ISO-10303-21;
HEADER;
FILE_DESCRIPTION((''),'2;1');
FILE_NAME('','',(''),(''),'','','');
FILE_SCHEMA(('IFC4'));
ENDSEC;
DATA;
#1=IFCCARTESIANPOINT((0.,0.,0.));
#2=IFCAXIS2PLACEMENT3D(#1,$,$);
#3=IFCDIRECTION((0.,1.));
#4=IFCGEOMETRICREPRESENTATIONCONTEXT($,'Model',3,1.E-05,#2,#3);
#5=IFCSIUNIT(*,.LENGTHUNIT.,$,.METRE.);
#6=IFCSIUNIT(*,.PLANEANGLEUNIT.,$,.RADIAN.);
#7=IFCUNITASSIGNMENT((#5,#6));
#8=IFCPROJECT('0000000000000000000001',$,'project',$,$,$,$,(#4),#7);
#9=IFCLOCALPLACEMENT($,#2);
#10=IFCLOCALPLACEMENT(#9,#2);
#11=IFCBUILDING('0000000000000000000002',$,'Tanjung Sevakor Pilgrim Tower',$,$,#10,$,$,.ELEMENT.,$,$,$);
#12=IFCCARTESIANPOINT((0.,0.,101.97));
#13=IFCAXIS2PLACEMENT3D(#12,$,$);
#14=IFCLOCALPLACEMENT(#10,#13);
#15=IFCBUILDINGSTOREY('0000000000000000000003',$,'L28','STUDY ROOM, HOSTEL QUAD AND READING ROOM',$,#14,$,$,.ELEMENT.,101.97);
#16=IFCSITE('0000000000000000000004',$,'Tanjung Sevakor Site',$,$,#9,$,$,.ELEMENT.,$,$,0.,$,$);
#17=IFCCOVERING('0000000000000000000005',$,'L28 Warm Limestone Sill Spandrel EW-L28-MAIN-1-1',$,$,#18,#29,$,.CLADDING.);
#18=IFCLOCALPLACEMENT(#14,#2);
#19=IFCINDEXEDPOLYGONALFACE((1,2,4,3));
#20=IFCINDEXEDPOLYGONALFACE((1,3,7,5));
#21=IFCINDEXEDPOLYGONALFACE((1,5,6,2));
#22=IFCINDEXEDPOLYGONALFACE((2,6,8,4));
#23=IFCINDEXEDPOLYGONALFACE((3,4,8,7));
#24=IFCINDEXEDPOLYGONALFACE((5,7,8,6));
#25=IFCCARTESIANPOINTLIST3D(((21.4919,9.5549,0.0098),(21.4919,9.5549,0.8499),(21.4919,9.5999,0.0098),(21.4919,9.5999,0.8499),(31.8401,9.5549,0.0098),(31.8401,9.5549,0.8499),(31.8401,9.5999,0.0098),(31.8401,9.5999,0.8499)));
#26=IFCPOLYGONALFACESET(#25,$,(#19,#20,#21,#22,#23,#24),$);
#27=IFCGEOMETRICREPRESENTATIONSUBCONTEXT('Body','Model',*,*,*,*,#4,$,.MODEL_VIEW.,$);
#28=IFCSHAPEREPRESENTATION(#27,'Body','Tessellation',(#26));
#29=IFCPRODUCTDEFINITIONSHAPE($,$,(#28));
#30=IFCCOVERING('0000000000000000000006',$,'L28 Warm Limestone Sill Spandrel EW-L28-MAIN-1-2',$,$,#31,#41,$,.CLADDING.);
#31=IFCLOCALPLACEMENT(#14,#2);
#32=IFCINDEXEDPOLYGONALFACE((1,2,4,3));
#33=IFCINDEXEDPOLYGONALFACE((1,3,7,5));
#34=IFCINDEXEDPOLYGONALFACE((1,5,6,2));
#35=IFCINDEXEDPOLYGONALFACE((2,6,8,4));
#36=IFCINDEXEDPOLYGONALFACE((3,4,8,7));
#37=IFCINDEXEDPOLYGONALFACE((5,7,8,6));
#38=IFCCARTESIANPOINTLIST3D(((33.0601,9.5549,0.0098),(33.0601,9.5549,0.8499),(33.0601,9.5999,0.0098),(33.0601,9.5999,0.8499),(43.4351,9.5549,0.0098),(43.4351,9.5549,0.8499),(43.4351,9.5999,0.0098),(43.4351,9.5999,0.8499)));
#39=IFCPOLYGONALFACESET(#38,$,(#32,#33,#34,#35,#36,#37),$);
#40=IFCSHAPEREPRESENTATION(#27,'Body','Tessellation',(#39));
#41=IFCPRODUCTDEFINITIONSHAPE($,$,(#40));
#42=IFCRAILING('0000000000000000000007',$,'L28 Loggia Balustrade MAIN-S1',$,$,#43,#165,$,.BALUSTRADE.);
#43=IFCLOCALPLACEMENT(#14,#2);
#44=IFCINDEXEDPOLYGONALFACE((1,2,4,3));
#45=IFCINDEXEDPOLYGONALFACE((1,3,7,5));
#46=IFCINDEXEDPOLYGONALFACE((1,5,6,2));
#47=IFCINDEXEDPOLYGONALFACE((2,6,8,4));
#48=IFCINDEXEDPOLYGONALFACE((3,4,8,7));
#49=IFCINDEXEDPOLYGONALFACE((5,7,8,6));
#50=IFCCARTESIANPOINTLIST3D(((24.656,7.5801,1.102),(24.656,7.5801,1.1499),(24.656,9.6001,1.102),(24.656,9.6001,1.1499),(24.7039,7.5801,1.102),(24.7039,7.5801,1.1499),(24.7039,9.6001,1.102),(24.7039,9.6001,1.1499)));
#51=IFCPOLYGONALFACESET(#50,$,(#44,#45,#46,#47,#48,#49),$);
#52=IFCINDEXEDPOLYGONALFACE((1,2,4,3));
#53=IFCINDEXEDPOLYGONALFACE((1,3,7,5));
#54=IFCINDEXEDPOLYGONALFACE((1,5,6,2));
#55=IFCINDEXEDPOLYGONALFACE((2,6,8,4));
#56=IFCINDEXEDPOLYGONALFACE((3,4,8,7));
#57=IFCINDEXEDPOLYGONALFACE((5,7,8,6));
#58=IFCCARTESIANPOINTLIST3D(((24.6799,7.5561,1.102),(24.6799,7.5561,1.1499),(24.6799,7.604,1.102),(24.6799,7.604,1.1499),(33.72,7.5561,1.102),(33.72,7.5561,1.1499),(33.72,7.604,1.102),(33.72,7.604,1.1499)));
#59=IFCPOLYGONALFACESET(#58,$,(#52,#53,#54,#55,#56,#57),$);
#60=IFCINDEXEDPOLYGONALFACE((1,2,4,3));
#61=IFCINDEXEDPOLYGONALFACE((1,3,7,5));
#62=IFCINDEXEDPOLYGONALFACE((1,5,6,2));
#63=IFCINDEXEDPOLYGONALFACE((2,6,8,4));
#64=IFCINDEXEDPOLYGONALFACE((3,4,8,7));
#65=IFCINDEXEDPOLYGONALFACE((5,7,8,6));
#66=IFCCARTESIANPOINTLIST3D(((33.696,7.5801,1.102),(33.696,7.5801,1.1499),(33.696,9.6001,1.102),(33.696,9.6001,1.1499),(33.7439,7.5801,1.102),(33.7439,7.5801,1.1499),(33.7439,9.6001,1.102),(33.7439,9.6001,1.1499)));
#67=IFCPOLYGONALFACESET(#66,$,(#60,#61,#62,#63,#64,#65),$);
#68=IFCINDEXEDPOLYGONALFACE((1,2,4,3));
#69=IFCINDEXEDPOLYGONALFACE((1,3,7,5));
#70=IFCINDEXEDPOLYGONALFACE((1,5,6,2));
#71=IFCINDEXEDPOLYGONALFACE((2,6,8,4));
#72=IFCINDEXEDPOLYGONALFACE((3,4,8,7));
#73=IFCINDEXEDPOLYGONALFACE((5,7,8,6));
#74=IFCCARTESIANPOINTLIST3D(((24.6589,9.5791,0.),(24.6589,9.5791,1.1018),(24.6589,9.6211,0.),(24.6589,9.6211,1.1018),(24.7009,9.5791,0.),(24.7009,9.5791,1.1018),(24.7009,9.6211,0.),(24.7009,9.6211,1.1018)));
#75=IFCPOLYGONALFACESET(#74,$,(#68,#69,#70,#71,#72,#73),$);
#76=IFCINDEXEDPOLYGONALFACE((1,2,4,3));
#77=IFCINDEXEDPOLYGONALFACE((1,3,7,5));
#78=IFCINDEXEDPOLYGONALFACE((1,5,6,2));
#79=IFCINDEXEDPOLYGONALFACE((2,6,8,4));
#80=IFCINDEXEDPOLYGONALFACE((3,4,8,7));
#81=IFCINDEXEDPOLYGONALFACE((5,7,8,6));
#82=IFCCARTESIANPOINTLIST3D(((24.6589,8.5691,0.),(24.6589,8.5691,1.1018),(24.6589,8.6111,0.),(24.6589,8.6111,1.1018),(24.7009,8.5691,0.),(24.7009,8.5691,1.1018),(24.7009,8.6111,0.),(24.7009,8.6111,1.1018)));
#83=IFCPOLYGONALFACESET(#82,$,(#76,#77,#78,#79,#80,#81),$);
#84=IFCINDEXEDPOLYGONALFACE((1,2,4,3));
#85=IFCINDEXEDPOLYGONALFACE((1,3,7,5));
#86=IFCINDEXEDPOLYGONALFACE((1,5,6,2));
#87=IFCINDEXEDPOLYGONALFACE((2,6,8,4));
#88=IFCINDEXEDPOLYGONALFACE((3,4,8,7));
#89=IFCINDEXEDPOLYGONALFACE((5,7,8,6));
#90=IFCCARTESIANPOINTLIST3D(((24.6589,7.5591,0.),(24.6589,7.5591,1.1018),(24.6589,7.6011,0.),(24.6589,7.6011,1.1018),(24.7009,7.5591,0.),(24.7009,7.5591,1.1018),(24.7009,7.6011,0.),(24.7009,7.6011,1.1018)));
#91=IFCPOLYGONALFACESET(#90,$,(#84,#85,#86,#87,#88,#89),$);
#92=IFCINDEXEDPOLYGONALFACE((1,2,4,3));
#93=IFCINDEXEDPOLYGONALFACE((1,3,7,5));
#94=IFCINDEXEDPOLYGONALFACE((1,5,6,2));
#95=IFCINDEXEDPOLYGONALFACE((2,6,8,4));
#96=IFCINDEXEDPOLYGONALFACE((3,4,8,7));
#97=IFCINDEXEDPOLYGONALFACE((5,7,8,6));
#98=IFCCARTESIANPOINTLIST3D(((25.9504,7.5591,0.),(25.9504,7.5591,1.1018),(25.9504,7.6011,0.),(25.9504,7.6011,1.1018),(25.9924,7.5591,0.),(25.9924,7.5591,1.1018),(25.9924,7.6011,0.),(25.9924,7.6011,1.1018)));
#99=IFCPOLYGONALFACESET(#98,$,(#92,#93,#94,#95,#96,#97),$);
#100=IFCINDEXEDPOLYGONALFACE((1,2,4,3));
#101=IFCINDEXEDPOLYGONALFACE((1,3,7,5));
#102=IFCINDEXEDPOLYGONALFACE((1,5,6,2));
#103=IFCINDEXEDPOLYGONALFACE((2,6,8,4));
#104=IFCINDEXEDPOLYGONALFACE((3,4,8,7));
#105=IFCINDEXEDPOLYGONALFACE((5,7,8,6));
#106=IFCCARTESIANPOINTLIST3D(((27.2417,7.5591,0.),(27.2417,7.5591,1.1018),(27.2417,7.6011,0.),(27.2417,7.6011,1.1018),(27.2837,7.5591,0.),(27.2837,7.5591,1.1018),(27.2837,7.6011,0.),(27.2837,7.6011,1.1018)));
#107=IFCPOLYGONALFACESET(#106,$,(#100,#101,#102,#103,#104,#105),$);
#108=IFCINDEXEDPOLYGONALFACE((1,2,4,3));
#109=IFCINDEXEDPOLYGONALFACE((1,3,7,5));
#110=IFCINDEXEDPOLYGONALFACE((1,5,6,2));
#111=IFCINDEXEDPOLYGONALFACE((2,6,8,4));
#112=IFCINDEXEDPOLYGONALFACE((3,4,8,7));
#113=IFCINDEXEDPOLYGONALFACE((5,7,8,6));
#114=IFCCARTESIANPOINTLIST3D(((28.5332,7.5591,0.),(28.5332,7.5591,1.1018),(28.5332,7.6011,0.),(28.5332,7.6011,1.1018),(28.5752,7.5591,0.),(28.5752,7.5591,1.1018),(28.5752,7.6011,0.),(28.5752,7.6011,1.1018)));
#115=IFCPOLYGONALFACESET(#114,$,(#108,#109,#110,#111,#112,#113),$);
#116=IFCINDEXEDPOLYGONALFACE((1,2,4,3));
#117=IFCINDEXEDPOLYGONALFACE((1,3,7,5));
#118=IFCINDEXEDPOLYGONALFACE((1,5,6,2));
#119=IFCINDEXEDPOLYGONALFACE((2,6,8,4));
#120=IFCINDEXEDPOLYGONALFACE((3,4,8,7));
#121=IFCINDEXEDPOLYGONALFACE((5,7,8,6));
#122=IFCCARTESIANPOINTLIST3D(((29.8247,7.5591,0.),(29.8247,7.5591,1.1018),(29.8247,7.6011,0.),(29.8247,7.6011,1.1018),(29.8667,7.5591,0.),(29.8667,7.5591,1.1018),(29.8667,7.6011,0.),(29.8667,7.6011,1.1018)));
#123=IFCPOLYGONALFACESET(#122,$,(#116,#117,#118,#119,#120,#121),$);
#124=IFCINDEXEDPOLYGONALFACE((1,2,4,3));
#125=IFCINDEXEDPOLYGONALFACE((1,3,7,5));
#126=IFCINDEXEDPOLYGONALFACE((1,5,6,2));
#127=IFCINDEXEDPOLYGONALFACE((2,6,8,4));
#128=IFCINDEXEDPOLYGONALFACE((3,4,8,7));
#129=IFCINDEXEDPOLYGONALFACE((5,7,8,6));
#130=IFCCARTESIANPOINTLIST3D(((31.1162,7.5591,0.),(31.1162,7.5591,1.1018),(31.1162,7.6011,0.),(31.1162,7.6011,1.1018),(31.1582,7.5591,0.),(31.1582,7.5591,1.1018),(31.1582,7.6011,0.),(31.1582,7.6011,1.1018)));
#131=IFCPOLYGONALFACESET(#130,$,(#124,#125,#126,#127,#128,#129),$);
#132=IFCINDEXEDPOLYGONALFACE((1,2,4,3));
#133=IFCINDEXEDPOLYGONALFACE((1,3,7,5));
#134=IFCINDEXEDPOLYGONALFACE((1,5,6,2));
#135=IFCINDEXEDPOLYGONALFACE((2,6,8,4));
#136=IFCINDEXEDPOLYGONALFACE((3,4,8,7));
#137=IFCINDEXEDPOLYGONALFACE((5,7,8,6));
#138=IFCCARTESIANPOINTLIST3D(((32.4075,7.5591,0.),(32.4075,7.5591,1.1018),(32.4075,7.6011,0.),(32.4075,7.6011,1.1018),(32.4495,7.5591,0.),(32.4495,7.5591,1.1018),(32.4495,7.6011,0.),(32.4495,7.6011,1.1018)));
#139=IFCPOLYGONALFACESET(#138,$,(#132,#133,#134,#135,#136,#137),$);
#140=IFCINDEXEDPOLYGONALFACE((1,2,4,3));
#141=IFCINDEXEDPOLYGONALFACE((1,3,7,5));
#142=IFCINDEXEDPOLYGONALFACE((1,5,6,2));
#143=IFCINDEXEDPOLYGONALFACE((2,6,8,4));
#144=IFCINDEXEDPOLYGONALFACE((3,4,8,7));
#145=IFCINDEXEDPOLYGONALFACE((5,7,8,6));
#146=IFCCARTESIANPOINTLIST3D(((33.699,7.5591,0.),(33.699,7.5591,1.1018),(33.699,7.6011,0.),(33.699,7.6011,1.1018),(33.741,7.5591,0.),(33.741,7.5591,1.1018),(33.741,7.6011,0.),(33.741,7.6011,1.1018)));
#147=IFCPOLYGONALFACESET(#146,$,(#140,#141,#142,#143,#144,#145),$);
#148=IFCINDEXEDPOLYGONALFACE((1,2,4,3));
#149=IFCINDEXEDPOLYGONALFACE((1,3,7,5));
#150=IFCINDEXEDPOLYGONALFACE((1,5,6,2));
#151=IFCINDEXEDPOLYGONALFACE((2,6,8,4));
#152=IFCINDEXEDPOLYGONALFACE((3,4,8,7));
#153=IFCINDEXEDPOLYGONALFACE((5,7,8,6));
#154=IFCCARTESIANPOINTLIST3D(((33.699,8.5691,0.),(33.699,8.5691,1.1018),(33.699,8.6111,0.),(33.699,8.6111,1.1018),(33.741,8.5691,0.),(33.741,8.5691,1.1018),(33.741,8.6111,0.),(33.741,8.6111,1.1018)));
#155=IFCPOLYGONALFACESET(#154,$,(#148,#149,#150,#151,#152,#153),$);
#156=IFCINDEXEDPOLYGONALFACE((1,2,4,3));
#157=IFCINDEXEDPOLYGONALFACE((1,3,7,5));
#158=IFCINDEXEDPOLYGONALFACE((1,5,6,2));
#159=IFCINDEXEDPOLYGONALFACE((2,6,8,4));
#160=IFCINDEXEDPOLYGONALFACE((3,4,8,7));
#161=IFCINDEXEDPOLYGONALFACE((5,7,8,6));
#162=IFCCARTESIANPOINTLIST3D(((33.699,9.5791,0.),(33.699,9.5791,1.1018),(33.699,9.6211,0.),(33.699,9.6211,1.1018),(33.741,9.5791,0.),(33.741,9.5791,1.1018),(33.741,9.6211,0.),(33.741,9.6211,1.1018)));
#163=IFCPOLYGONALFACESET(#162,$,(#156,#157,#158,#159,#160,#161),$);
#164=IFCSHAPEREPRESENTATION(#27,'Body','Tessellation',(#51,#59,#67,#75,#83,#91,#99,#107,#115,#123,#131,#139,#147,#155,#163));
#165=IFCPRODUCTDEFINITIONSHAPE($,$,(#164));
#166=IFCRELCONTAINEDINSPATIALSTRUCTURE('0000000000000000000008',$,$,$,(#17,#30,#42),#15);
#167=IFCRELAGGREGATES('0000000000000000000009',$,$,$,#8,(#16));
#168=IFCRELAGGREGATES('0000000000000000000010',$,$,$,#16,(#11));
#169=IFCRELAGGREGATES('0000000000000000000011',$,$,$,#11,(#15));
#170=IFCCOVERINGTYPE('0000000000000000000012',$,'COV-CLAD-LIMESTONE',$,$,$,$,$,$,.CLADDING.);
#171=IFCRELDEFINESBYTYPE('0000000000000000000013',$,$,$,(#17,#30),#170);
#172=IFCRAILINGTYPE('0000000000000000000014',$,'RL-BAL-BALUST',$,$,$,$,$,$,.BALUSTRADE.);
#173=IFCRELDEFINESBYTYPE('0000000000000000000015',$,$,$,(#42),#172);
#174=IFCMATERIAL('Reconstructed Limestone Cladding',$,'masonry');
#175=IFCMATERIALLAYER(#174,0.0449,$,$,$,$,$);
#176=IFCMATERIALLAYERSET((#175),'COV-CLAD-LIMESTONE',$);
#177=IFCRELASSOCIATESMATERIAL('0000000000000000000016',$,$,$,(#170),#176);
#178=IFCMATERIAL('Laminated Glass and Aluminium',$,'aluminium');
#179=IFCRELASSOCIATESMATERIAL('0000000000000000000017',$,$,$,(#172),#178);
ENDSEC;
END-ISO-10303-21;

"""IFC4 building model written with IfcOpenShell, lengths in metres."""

from ifc_helpers import new_model, si_unit, direction, frame, origin, origin_2d, place, context, subcontext, project, spatial, rectangle, extrude, material, layer, layer_set, type_object, element, save


model = new_model("IFC4")

# Units and contexts
model_context = context("Model", 3, precision=1e-05, world=origin(), true_north=direction((0.0, 1.0)))
body_context = subcontext(model_context, "Body", "Model", "MODEL_VIEW")
ifc_project = project(units=[si_unit("LENGTHUNIT", "METRE"), si_unit("PLANEANGLEUNIT", "RADIAN")], contexts=[model_context])

# Site, building, storey
site_placement = place(None, origin())
site = spatial("IfcSite", under=ifc_project, at=site_placement, Name="Tanjung Sevakor Site", CompositionType="ELEMENT", RefElevation=0.0)
building_placement = place(site_placement, origin())
building = spatial("IfcBuilding", under=site, at=building_placement, Name="Tanjung Sevakor Pilgrim Tower", CompositionType="ELEMENT")
storey_placement = place(building_placement, frame((0.0, 0.0, 101.97)))
storey = spatial("IfcBuildingStorey", under=building, at=storey_placement, Name="L28", Description="STUDY ROOM, HOSTEL QUAD AND READING ROOM", CompositionType="ELEMENT", Elevation=101.97)

# Coverings
ifc_material_1 = material(Name="Reconstructed Limestone Cladding", Category="masonry")
ifc_layer_1 = layer(ifc_material_1, 0.0449)
ifc_layer_set_1 = layer_set([ifc_layer_1], Name="COV-CLAD-LIMESTONE")
covering_type = type_object("IfcCoveringType", Name="COV-CLAD-LIMESTONE", PredefinedType="CLADDING", material=ifc_layer_set_1)
covering_1_placement = place(storey_placement, frame((26.666, 9.5774, 0.0098), z_axis=(0.0, 0.0, 1.0), x_axis=(1.0, 0.0, 0.0)))
element("IfcCovering", 1, at=covering_1_placement, inside=storey, type_object=covering_type, Name="L28 Warm Limestone Sill Spandrel EW-L28-MAIN-1-1", PredefinedType="CLADDING", context=body_context, shape_type="SweptSolid", body=[
    extrude(rectangle(XDim=10.3481, YDim=0.0449, at=origin_2d()), origin(), (0.0, 0.0, 1.0), 0.8401),
])
covering_2_placement = place(storey_placement, frame((38.2476, 9.5774, 0.0098), z_axis=(0.0, 0.0, 1.0), x_axis=(1.0, 0.0, 0.0)))
element("IfcCovering", 2, at=covering_2_placement, inside=storey, type_object=covering_type, Name="L28 Warm Limestone Sill Spandrel EW-L28-MAIN-1-2", PredefinedType="CLADDING", context=body_context, shape_type="SweptSolid", body=[
    extrude(rectangle(XDim=10.375, YDim=0.0449, at=origin_2d()), origin(), (0.0, 0.0, 1.0), 0.8401),
])

# Railing
ifc_material_2 = material(Name="Laminated Glass and Aluminium", Category="aluminium")
railing_type = type_object("IfcRailingType", Name="RL-BAL-BALUST", PredefinedType="BALUSTRADE", material=ifc_material_2)
railing_placement = place(storey_placement, frame((24.6799, 9.6001, 0.0)))
element("IfcRailing", 3, at=railing_placement, inside=storey, type_object=railing_type, Name="L28 Loggia Balustrade MAIN-S1", PredefinedType="BALUSTRADE", context=body_context, shape_type="SweptSolid", body=[
    extrude(rectangle(XDim=0.0479, YDim=0.0479), frame((0.0, 0.0, 1.126), z_axis=(0.0, -1.0, 0.0), x_axis=(1.0, 0.0, 0.0)), (0.0, 0.0, 1.0), 2.02),
    extrude(rectangle(XDim=0.0479, YDim=0.0479), frame((0.0, -2.02, 1.126), z_axis=(1.0, 0.0, 0.0), x_axis=(0.0, 1.0, 0.0)), (0.0, 0.0, 1.0), 9.04),
    extrude(rectangle(XDim=0.0479, YDim=0.0479), frame((9.04, -2.02, 1.126), z_axis=(0.0, 1.0, 0.0), x_axis=(-1.0, 0.0, 0.0)), (0.0, 0.0, 1.0), 2.02),
    extrude(rectangle(XDim=0.042, YDim=0.042), origin(), (0.0, 0.0, 1.0), 1.1018),
    extrude(rectangle(XDim=0.042, YDim=0.042), frame((0.0, -1.01, 0.0)), (0.0, 0.0, 1.0), 1.1018),
    extrude(rectangle(XDim=0.042, YDim=0.042), frame((0.0, -2.02, 0.0)), (0.0, 0.0, 1.0), 1.1018),
    extrude(rectangle(XDim=0.042, YDim=0.042), frame((1.2915, -2.02, 0.0)), (0.0, 0.0, 1.0), 1.1018),
    extrude(rectangle(XDim=0.042, YDim=0.042), frame((2.5828, -2.02, 0.0)), (0.0, 0.0, 1.0), 1.1018),
    extrude(rectangle(XDim=0.042, YDim=0.042), frame((3.8743, -2.02, 0.0)), (0.0, 0.0, 1.0), 1.1018),
    extrude(rectangle(XDim=0.042, YDim=0.042), frame((5.1658, -2.02, 0.0)), (0.0, 0.0, 1.0), 1.1018),
    extrude(rectangle(XDim=0.042, YDim=0.042), frame((6.4573, -2.02, 0.0)), (0.0, 0.0, 1.0), 1.1018),
    extrude(rectangle(XDim=0.042, YDim=0.042), frame((7.7485, -2.02, 0.0)), (0.0, 0.0, 1.0), 1.1018),
    extrude(rectangle(XDim=0.042, YDim=0.042), frame((9.04, -2.02, 0.0)), (0.0, 0.0, 1.0), 1.1018),
    extrude(rectangle(XDim=0.042, YDim=0.042), frame((9.04, -1.01, 0.0)), (0.0, 0.0, 1.0), 1.1018),
    extrude(rectangle(XDim=0.042, YDim=0.042), frame((9.04, 0.0, 0.0)), (0.0, 0.0, 1.0), 1.1018),
])

save(model, "model.ifc")
